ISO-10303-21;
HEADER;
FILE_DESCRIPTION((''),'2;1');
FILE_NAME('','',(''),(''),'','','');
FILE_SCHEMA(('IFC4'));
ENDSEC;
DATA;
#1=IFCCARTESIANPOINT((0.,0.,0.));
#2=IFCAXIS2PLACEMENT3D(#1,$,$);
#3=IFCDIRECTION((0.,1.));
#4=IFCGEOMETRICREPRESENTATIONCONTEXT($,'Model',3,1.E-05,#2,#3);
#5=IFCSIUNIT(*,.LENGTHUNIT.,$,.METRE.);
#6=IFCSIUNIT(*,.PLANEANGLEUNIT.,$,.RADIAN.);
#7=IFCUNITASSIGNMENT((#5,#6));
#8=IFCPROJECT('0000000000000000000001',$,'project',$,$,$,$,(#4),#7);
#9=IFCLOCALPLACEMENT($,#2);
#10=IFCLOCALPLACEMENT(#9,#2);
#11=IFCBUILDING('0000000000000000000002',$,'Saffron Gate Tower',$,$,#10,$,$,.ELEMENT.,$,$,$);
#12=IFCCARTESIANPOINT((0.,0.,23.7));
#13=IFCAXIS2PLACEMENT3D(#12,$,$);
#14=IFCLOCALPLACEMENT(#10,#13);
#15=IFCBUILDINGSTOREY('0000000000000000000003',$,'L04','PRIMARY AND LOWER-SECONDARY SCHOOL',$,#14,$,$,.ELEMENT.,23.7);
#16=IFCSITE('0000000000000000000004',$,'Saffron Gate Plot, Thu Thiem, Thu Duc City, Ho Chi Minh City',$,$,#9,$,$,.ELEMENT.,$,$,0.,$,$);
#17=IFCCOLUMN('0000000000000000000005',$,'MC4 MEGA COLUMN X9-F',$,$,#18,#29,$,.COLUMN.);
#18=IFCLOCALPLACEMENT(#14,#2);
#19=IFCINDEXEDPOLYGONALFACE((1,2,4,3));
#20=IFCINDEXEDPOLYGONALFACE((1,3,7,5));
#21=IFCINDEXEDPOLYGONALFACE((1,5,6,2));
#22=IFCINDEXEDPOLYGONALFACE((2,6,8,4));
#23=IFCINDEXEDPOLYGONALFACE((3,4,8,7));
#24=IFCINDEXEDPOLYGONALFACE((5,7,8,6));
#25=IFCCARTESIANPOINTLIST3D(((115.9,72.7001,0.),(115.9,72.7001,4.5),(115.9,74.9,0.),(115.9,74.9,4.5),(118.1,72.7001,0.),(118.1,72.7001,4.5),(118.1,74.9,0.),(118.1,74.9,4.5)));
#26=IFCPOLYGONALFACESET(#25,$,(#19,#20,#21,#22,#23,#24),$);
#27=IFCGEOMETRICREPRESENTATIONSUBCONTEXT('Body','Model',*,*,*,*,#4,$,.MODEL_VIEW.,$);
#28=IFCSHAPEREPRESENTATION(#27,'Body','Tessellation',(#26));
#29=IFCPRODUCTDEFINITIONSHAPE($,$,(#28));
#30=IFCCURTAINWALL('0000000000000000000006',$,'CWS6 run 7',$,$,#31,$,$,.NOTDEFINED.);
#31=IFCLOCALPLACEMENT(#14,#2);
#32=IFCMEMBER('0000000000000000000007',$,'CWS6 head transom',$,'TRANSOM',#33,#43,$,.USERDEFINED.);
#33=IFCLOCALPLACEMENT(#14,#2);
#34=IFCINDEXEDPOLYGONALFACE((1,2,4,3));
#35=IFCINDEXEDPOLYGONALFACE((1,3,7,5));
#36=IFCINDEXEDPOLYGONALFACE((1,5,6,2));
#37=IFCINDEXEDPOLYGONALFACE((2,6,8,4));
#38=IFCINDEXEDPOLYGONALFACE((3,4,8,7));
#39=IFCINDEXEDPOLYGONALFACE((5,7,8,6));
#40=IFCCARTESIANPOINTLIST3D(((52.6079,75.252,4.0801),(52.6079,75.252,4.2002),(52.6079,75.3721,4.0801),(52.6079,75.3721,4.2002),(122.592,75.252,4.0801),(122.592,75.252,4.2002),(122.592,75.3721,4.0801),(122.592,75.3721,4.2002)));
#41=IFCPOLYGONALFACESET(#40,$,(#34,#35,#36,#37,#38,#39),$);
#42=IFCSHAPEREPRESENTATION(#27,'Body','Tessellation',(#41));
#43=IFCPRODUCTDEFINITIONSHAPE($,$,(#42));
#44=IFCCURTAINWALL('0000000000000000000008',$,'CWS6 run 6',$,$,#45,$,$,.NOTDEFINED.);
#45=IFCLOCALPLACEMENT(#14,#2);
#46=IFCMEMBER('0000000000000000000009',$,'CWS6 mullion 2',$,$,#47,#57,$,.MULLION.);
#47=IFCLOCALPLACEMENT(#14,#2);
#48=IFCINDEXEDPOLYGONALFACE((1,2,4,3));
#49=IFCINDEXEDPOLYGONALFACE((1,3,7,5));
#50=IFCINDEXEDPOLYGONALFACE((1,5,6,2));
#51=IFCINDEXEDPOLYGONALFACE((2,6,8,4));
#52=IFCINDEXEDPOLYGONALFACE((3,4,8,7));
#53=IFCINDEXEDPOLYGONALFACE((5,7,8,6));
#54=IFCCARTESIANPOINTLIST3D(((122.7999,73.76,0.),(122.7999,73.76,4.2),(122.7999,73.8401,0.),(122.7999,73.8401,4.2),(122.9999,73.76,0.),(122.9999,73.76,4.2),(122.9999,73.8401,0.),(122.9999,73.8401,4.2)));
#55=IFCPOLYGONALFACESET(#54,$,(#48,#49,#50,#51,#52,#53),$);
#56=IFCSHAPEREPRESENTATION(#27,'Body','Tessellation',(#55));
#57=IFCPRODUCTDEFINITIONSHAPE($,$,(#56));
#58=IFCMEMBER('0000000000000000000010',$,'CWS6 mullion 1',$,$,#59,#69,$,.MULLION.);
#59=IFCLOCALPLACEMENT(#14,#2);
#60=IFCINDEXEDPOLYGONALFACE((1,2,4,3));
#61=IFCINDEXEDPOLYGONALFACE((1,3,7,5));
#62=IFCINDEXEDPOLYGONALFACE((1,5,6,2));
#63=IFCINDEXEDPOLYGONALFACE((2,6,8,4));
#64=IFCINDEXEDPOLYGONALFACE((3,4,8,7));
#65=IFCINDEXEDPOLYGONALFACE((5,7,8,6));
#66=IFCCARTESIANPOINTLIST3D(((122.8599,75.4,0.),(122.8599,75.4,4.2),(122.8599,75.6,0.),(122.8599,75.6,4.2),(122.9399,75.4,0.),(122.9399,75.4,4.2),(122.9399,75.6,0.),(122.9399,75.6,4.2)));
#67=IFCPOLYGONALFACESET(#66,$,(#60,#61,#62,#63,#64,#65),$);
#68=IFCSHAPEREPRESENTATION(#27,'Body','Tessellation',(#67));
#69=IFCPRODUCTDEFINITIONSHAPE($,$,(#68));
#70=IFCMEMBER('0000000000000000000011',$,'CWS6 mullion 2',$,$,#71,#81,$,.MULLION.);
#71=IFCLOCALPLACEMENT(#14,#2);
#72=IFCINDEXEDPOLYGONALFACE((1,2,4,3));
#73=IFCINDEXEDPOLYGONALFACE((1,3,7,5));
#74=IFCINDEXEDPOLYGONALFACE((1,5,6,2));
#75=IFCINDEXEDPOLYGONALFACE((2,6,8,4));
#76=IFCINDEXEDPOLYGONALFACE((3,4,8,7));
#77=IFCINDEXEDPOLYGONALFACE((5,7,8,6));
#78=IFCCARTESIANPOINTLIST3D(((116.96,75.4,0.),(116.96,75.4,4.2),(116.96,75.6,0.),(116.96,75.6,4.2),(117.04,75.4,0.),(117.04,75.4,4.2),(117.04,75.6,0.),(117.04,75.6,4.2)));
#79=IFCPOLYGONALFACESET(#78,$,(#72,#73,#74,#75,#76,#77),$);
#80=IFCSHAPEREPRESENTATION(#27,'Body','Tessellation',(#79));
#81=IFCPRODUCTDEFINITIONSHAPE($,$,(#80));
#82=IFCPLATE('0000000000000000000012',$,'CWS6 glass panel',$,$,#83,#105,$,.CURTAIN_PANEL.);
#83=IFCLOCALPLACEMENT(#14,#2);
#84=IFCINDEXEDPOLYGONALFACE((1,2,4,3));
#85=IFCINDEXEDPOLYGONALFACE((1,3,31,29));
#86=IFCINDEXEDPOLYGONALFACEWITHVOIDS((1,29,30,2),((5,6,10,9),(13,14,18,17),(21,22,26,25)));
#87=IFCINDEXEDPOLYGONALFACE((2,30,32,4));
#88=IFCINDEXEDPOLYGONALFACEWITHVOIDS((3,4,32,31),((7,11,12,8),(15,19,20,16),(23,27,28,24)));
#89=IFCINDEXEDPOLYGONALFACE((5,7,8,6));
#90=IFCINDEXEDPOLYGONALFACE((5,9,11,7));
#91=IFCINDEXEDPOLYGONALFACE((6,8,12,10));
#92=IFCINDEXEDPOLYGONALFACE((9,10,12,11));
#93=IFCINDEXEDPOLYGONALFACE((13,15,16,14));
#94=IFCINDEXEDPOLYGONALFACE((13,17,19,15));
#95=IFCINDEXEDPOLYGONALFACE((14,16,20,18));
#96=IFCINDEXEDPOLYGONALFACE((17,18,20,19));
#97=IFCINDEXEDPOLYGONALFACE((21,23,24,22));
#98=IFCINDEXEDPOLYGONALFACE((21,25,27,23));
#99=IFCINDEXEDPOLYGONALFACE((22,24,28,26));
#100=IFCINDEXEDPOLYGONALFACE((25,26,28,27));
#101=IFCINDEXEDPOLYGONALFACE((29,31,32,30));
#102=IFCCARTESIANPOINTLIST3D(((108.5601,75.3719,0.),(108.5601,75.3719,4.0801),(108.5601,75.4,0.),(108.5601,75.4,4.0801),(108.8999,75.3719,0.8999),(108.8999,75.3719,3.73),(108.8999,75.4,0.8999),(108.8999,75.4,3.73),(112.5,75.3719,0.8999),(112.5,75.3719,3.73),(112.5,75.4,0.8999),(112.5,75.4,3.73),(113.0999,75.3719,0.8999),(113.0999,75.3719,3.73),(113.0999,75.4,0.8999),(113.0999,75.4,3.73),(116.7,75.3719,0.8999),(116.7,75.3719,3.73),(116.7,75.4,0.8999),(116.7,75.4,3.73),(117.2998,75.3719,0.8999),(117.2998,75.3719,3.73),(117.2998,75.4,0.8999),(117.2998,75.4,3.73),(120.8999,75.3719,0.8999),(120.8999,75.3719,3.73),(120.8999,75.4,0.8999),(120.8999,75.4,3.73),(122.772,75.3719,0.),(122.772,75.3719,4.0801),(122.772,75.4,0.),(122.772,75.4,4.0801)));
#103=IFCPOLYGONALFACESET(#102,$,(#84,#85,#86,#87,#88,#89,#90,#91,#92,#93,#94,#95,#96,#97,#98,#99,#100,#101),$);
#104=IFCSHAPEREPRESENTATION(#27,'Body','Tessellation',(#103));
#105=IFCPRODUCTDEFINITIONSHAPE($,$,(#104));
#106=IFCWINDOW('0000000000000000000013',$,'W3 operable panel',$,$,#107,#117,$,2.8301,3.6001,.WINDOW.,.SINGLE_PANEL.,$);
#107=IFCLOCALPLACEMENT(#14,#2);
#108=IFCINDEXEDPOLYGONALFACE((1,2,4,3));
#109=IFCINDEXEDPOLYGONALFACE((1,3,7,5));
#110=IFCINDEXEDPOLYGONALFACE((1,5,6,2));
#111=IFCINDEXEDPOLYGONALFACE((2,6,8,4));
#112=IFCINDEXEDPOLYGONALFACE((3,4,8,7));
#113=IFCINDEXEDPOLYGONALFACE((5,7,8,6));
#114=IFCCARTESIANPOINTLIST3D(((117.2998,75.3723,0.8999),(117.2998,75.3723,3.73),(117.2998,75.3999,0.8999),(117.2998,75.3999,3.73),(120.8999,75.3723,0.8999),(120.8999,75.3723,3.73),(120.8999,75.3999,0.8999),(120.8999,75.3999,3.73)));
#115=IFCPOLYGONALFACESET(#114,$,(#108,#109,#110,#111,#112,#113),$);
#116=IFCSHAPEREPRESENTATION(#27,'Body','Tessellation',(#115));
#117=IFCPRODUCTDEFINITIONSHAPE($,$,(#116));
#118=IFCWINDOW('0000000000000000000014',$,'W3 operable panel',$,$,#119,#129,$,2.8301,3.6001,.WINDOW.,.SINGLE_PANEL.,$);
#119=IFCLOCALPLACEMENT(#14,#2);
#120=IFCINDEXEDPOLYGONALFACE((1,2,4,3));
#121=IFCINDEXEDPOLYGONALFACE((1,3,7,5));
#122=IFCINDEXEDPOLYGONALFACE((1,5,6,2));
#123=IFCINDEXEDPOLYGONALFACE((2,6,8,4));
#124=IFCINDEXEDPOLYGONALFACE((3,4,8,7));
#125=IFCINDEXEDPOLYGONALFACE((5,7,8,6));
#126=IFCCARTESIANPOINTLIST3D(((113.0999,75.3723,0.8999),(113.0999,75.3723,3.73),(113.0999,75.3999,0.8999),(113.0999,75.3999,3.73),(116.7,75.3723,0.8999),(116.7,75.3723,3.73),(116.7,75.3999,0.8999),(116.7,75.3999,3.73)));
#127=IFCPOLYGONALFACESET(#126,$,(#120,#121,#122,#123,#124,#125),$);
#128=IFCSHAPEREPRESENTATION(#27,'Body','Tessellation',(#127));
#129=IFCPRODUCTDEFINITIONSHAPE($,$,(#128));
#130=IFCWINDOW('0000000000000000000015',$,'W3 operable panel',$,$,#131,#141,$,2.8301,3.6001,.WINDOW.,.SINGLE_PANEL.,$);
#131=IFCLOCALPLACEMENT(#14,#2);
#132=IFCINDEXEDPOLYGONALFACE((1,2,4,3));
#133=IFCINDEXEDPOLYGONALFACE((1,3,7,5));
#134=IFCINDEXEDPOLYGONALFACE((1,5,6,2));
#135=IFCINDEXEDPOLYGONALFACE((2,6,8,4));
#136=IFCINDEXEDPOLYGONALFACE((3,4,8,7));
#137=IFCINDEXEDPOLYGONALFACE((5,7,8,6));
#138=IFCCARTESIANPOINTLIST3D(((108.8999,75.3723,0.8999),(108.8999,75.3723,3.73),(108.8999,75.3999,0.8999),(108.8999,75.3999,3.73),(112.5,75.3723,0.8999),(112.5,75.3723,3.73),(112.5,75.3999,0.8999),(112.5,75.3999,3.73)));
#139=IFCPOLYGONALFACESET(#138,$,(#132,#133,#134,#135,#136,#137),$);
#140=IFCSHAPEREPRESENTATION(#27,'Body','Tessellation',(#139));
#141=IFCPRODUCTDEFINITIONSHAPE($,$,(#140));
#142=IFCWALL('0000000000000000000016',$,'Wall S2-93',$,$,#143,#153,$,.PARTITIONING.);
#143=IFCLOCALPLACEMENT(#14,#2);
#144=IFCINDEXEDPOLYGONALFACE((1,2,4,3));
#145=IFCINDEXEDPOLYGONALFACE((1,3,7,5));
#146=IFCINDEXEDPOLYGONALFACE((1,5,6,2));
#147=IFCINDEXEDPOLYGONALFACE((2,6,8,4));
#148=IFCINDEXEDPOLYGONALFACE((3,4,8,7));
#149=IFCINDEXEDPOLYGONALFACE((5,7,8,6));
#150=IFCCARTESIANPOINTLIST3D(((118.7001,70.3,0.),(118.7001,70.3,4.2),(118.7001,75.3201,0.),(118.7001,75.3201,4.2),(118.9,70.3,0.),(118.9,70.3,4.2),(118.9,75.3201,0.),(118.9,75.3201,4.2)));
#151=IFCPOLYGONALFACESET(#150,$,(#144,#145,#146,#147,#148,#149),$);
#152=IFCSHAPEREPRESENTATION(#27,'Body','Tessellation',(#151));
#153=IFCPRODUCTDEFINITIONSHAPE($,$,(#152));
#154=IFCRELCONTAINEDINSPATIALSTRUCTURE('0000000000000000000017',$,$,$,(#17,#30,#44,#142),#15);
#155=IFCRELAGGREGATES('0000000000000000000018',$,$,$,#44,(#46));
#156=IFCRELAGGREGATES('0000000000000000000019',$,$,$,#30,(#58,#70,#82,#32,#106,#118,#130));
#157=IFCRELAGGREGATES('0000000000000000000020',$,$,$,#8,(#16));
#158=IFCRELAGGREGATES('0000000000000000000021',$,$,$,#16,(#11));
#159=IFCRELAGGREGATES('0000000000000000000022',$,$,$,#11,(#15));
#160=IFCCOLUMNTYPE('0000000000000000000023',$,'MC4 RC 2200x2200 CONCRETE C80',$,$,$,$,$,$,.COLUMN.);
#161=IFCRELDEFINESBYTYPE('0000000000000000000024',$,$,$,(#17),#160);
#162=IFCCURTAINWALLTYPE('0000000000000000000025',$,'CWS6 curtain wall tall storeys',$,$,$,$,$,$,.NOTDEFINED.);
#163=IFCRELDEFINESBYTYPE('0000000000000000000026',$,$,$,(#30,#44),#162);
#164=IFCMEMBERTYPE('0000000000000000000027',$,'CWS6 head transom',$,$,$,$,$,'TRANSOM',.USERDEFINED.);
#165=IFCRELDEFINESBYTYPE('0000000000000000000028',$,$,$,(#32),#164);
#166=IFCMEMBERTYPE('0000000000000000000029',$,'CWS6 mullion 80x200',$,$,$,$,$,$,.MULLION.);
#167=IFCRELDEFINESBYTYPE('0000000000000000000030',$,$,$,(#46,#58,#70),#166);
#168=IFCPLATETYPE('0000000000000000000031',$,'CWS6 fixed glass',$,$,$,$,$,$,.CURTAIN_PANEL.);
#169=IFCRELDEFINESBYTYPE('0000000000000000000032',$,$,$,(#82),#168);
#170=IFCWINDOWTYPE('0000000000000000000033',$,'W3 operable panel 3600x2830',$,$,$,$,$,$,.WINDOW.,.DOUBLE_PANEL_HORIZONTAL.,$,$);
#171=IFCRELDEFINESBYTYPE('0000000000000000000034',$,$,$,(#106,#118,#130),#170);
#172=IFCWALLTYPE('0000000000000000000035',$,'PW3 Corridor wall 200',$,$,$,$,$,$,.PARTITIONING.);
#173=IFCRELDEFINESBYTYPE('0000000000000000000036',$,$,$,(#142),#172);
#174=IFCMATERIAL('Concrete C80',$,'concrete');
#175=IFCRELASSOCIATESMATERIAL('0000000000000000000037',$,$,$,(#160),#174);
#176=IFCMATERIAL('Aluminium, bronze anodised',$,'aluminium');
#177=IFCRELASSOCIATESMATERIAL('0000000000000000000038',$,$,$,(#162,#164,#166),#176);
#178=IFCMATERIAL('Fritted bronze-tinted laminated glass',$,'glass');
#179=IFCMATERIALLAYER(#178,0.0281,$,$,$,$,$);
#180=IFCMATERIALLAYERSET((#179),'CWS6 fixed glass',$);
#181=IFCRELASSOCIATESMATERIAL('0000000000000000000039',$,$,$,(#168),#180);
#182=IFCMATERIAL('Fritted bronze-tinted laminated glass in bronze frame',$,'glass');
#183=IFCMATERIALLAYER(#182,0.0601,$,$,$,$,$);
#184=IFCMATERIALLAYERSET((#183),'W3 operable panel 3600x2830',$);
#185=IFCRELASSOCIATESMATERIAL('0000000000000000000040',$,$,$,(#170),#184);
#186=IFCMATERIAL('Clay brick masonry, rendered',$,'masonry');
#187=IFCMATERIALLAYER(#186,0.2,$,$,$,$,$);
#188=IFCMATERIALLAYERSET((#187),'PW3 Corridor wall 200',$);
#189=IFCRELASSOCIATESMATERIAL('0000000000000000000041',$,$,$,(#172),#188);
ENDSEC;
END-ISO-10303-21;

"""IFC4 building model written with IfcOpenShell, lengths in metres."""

from ifc_helpers import new_model, si_unit, direction, frame, frame_2d, origin, origin_2d, place, context, subcontext, project, spatial, rectangle, extrude, material, layer, layer_set, material_profile, profile_set, type_object, element, fill, aggregate, save


model = new_model("IFC4")

# Units and contexts
model_context = context("Model", 3, precision=1e-05, world=origin(), true_north=direction((0.0, 1.0)))
body_context = subcontext(model_context, "Body", "Model", "MODEL_VIEW")
ifc_project = project(units=[si_unit("LENGTHUNIT", "METRE"), si_unit("PLANEANGLEUNIT", "RADIAN")], contexts=[model_context])

# Site, building, storey
site_placement = place(None, origin())
site = spatial("IfcSite", under=ifc_project, at=site_placement, Name="Saffron Gate Plot, Thu Thiem, Thu Duc City, Ho Chi Minh City", CompositionType="ELEMENT", RefElevation=0.0)
building_placement = place(site_placement, origin())
building = spatial("IfcBuilding", under=site, at=building_placement, Name="Saffron Gate Tower", CompositionType="ELEMENT")
storey_placement = place(building_placement, frame((0.0, 0.0, 23.7)))
storey = spatial("IfcBuildingStorey", under=building, at=storey_placement, Name="L04", Description="PRIMARY AND LOWER-SECONDARY SCHOOL", CompositionType="ELEMENT", Elevation=23.7)

# Column
ifc_material_1 = material(Name="Concrete C80", Category="concrete")
ifc_material_profile_1 = material_profile(ifc_material_1, rectangle(XDim=2.2, YDim=2.2, at=origin_2d()))
ifc_profile_set_1 = profile_set([ifc_material_profile_1], Name="Concrete C80")
column_type = type_object("IfcColumnType", Name="MC4 RC 2200x2200 CONCRETE C80", PredefinedType="COLUMN", material=ifc_profile_set_1)
column_placement = place(storey_placement, frame((117.0, 73.8, 0.0), z_axis=(0.0, 0.0, 1.0), x_axis=(1.0, 0.0, 0.0)))
element("IfcColumn", 1, at=column_placement, inside=storey, type_object=column_type, Name="MC4 MEGA COLUMN X9-F", PredefinedType="COLUMN", context=body_context, shape_type="SweptSolid", body=[
    extrude(rectangle(XDim=2.2, YDim=2.2, at=origin_2d()), origin(), (0.0, 0.0, 1.0), 4.5),
])

# Curtain walls, members
ifc_material_2 = material(Name="Aluminium, bronze anodised", Category="aluminium")
curtain_wall_type = type_object("IfcCurtainWallType", Name="CWS6 curtain wall tall storeys", PredefinedType="NOTDEFINED", material=ifc_material_2)
curtain_wall_1_placement = place(storey_placement, origin())
curtain_wall_1 = element("IfcCurtainWall", 2, at=curtain_wall_1_placement, inside=storey, type_object=curtain_wall_type, Name="CWS6 run 7", PredefinedType="NOTDEFINED")
ifc_material_profile_2 = material_profile(ifc_material_2, rectangle(XDim=0.1201, YDim=0.1201, at=origin_2d()))
ifc_profile_set_2 = profile_set([ifc_material_profile_2], Name="Aluminium, bronze anodised")
member_type_1 = type_object("IfcMemberType", Name="CWS6 head transom", ElementType="TRANSOM", PredefinedType="USERDEFINED", material=ifc_profile_set_2)
member_1_placement = place(storey_placement, frame((122.592, 75.312, 4.1401), z_axis=(-1.0, 0.0, 0.0), x_axis=(0.0, -1.0, 0.0)))
member_1 = element("IfcMember", 3, at=member_1_placement, type_object=member_type_1, Name="CWS6 head transom", ObjectType="TRANSOM", PredefinedType="USERDEFINED", context=body_context, shape_type="SweptSolid", body=[
    extrude(rectangle(XDim=0.1201, YDim=0.1201, at=origin_2d()), origin(), (0.0, 0.0, 1.0), 69.9841),
])
curtain_wall_2_placement = place(storey_placement, origin())
curtain_wall_2 = element("IfcCurtainWall", 4, at=curtain_wall_2_placement, inside=storey, type_object=curtain_wall_type, Name="CWS6 run 6", PredefinedType="NOTDEFINED")
ifc_material_profile_3 = material_profile(ifc_material_2, rectangle(XDim=0.2, YDim=0.0801, at=origin_2d()))
ifc_profile_set_3 = profile_set([ifc_material_profile_3], Name="Aluminium, bronze anodised")
member_type_2 = type_object("IfcMemberType", Name="CWS6 mullion 80x200", PredefinedType="MULLION", material=ifc_profile_set_3)
member_2_placement = place(storey_placement, frame((122.8999, 73.8, 0.0), z_axis=(0.0, 0.0, 1.0), x_axis=(-1.0, 0.0, 0.0)))
member_2 = element("IfcMember", 5, at=member_2_placement, type_object=member_type_2, Name="CWS6 mullion 2", PredefinedType="MULLION", context=body_context, shape_type="SweptSolid", body=[
    extrude(rectangle(XDim=0.2, YDim=0.0801, at=origin_2d()), origin(), (0.0, 0.0, 1.0), 4.2),
])
aggregate(curtain_wall_2, [member_2])

# Members
member_3_placement = place(storey_placement, frame((122.8999, 75.5, 0.0), z_axis=(0.0, 0.0, 1.0), x_axis=(0.0, -1.0, 0.0)))
member_3 = element("IfcMember", 6, at=member_3_placement, type_object=member_type_2, Name="CWS6 mullion 1", PredefinedType="MULLION", context=body_context, shape_type="SweptSolid", body=[
    extrude(rectangle(XDim=0.2, YDim=0.0801, at=origin_2d()), origin(), (0.0, 0.0, 1.0), 4.2),
])
member_4_placement = place(storey_placement, frame((117.0, 75.5, 0.0), z_axis=(0.0, 0.0, 1.0), x_axis=(0.0, -1.0, 0.0)))
member_4 = element("IfcMember", 7, at=member_4_placement, type_object=member_type_2, Name="CWS6 mullion 2", PredefinedType="MULLION", context=body_context, shape_type="SweptSolid", body=[
    extrude(rectangle(XDim=0.2, YDim=0.0801, at=origin_2d()), origin(), (0.0, 0.0, 1.0), 4.2),
])

# Plate, openings, windows
ifc_material_3 = material(Name="Fritted bronze-tinted laminated glass", Category="glass")
ifc_layer_1 = layer(ifc_material_3, 0.0281)
ifc_layer_set_1 = layer_set([ifc_layer_1], Name="CWS6 fixed glass")
plate_type = type_object("IfcPlateType", Name="CWS6 fixed glass", PredefinedType="CURTAIN_PANEL", material=ifc_layer_set_1)
plate_placement = place(storey_placement, frame((122.772, 75.386, 0.0), z_axis=(0.0, 0.0, 1.0), x_axis=(-1.0, 0.0, 0.0)))
plate = element("IfcPlate", 8, at=plate_placement, type_object=plate_type, Name="CWS6 glass panel", PredefinedType="CURTAIN_PANEL", context=body_context, shape_type="SweptSolid", body=[
    extrude(rectangle(XDim=14.2119, YDim=0.0281, at=frame_2d((7.106, 0.0))), origin(), (0.0, 0.0, 1.0), 4.0801),
])
opening_1_placement = place(plate_placement, frame((1.8721, 0.0, 0.8999)))
opening_1 = element("IfcOpeningElement", 9, at=opening_1_placement, cuts=plate, PredefinedType="OPENING", context=body_context, shape_type="SweptSolid", body=[
    extrude(rectangle(XDim=3.6001, YDim=2.8301, at=frame_2d((1.8, 1.415))), frame((0.0, 0.0239, 0.0), z_axis=(0.0, -1.0, 0.0), x_axis=(1.0, 0.0, 0.0)), (0.0, 0.0, 1.0), 0.0481),
])
opening_2_placement = place(plate_placement, frame((6.072, 0.0, 0.8999)))
opening_2 = element("IfcOpeningElement", 10, at=opening_2_placement, cuts=plate, PredefinedType="OPENING", context=body_context, shape_type="SweptSolid", body=[
    extrude(rectangle(XDim=3.6001, YDim=2.8301, at=frame_2d((1.8, 1.415))), frame((0.0, 0.0239, 0.0), z_axis=(0.0, -1.0, 0.0), x_axis=(1.0, 0.0, 0.0)), (0.0, 0.0, 1.0), 0.0481),
])
opening_3_placement = place(plate_placement, frame((10.272, 0.0, 0.8999)))
opening_3 = element("IfcOpeningElement", 11, at=opening_3_placement, cuts=plate, PredefinedType="OPENING", context=body_context, shape_type="SweptSolid", body=[
    extrude(rectangle(XDim=3.6001, YDim=2.8301, at=frame_2d((1.8, 1.415))), frame((0.0, 0.0239, 0.0), z_axis=(0.0, -1.0, 0.0), x_axis=(1.0, 0.0, 0.0)), (0.0, 0.0, 1.0), 0.0481),
])
ifc_material_4 = material(Name="Fritted bronze-tinted laminated glass in bronze frame", Category="glass")
ifc_layer_2 = layer(ifc_material_4, 0.0601)
ifc_layer_set_2 = layer_set([ifc_layer_2], Name="W3 operable panel 3600x2830")
window_type = type_object("IfcWindowType", Name="W3 operable panel 3600x2830", PartitioningType="DOUBLE_PANEL_HORIZONTAL", PredefinedType="WINDOW", material=ifc_layer_set_2)
window_1_placement = place(opening_1_placement, origin())
window_1 = element("IfcWindow", 12, at=window_1_placement, type_object=window_type, Name="W3 operable panel", OverallHeight=2.8301, OverallWidth=3.6001, PartitioningType="SINGLE_PANEL", PredefinedType="WINDOW", context=body_context, shape_type="SweptSolid", body=[
    extrude(rectangle(XDim=3.6001, YDim=2.8301, at=frame_2d((1.8, 1.415))), frame((0.0, 0.0137, 0.0), z_axis=(0.0, -1.0, 0.0), x_axis=(1.0, 0.0, 0.0)), (0.0, 0.0, 1.0), 0.0276),
])
fill(opening_1, window_1)
window_2_placement = place(opening_2_placement, origin())
window_2 = element("IfcWindow", 13, at=window_2_placement, type_object=window_type, Name="W3 operable panel", OverallHeight=2.8301, OverallWidth=3.6001, PartitioningType="SINGLE_PANEL", PredefinedType="WINDOW", context=body_context, shape_type="SweptSolid", body=[
    extrude(rectangle(XDim=3.6001, YDim=2.8301, at=frame_2d((1.8, 1.415))), frame((0.0, 0.0137, 0.0), z_axis=(0.0, -1.0, 0.0), x_axis=(1.0, 0.0, 0.0)), (0.0, 0.0, 1.0), 0.0276),
])
fill(opening_2, window_2)
window_3_placement = place(opening_3_placement, origin())
window_3 = element("IfcWindow", 14, at=window_3_placement, type_object=window_type, Name="W3 operable panel", OverallHeight=2.8301, OverallWidth=3.6001, PartitioningType="SINGLE_PANEL", PredefinedType="WINDOW", context=body_context, shape_type="SweptSolid", body=[
    extrude(rectangle(XDim=3.6001, YDim=2.8301, at=frame_2d((1.8, 1.415))), frame((0.0, 0.0137, 0.0), z_axis=(0.0, -1.0, 0.0), x_axis=(1.0, 0.0, 0.0)), (0.0, 0.0, 1.0), 0.0276),
])
fill(opening_3, window_3)
aggregate(curtain_wall_1, [member_3, member_4, plate, member_1, window_1, window_2, window_3])

# Wall
ifc_material_5 = material(Name="Clay brick masonry, rendered", Category="masonry")
ifc_layer_3 = layer(ifc_material_5, 0.2)
ifc_layer_set_3 = layer_set([ifc_layer_3], Name="PW3 Corridor wall 200")
wall_type = type_object("IfcWallType", Name="PW3 Corridor wall 200", PredefinedType="PARTITIONING", material=ifc_layer_set_3)
wall_1_placement = place(storey_placement, frame((118.8, 75.3201, 0.0), z_axis=(0.0, 0.0, 1.0), x_axis=(0.0, -1.0, 0.0)))
element("IfcWall", 15, at=wall_1_placement, inside=storey, type_object=wall_type, Name="Wall S2-93", PredefinedType="PARTITIONING", context=body_context, shape_type="SweptSolid", body=[
    extrude(rectangle(XDim=5.02, YDim=0.2, at=frame_2d((2.51, 0.0))), origin(), (0.0, 0.0, 1.0), 4.2),
])

save(model, "model.ifc")
